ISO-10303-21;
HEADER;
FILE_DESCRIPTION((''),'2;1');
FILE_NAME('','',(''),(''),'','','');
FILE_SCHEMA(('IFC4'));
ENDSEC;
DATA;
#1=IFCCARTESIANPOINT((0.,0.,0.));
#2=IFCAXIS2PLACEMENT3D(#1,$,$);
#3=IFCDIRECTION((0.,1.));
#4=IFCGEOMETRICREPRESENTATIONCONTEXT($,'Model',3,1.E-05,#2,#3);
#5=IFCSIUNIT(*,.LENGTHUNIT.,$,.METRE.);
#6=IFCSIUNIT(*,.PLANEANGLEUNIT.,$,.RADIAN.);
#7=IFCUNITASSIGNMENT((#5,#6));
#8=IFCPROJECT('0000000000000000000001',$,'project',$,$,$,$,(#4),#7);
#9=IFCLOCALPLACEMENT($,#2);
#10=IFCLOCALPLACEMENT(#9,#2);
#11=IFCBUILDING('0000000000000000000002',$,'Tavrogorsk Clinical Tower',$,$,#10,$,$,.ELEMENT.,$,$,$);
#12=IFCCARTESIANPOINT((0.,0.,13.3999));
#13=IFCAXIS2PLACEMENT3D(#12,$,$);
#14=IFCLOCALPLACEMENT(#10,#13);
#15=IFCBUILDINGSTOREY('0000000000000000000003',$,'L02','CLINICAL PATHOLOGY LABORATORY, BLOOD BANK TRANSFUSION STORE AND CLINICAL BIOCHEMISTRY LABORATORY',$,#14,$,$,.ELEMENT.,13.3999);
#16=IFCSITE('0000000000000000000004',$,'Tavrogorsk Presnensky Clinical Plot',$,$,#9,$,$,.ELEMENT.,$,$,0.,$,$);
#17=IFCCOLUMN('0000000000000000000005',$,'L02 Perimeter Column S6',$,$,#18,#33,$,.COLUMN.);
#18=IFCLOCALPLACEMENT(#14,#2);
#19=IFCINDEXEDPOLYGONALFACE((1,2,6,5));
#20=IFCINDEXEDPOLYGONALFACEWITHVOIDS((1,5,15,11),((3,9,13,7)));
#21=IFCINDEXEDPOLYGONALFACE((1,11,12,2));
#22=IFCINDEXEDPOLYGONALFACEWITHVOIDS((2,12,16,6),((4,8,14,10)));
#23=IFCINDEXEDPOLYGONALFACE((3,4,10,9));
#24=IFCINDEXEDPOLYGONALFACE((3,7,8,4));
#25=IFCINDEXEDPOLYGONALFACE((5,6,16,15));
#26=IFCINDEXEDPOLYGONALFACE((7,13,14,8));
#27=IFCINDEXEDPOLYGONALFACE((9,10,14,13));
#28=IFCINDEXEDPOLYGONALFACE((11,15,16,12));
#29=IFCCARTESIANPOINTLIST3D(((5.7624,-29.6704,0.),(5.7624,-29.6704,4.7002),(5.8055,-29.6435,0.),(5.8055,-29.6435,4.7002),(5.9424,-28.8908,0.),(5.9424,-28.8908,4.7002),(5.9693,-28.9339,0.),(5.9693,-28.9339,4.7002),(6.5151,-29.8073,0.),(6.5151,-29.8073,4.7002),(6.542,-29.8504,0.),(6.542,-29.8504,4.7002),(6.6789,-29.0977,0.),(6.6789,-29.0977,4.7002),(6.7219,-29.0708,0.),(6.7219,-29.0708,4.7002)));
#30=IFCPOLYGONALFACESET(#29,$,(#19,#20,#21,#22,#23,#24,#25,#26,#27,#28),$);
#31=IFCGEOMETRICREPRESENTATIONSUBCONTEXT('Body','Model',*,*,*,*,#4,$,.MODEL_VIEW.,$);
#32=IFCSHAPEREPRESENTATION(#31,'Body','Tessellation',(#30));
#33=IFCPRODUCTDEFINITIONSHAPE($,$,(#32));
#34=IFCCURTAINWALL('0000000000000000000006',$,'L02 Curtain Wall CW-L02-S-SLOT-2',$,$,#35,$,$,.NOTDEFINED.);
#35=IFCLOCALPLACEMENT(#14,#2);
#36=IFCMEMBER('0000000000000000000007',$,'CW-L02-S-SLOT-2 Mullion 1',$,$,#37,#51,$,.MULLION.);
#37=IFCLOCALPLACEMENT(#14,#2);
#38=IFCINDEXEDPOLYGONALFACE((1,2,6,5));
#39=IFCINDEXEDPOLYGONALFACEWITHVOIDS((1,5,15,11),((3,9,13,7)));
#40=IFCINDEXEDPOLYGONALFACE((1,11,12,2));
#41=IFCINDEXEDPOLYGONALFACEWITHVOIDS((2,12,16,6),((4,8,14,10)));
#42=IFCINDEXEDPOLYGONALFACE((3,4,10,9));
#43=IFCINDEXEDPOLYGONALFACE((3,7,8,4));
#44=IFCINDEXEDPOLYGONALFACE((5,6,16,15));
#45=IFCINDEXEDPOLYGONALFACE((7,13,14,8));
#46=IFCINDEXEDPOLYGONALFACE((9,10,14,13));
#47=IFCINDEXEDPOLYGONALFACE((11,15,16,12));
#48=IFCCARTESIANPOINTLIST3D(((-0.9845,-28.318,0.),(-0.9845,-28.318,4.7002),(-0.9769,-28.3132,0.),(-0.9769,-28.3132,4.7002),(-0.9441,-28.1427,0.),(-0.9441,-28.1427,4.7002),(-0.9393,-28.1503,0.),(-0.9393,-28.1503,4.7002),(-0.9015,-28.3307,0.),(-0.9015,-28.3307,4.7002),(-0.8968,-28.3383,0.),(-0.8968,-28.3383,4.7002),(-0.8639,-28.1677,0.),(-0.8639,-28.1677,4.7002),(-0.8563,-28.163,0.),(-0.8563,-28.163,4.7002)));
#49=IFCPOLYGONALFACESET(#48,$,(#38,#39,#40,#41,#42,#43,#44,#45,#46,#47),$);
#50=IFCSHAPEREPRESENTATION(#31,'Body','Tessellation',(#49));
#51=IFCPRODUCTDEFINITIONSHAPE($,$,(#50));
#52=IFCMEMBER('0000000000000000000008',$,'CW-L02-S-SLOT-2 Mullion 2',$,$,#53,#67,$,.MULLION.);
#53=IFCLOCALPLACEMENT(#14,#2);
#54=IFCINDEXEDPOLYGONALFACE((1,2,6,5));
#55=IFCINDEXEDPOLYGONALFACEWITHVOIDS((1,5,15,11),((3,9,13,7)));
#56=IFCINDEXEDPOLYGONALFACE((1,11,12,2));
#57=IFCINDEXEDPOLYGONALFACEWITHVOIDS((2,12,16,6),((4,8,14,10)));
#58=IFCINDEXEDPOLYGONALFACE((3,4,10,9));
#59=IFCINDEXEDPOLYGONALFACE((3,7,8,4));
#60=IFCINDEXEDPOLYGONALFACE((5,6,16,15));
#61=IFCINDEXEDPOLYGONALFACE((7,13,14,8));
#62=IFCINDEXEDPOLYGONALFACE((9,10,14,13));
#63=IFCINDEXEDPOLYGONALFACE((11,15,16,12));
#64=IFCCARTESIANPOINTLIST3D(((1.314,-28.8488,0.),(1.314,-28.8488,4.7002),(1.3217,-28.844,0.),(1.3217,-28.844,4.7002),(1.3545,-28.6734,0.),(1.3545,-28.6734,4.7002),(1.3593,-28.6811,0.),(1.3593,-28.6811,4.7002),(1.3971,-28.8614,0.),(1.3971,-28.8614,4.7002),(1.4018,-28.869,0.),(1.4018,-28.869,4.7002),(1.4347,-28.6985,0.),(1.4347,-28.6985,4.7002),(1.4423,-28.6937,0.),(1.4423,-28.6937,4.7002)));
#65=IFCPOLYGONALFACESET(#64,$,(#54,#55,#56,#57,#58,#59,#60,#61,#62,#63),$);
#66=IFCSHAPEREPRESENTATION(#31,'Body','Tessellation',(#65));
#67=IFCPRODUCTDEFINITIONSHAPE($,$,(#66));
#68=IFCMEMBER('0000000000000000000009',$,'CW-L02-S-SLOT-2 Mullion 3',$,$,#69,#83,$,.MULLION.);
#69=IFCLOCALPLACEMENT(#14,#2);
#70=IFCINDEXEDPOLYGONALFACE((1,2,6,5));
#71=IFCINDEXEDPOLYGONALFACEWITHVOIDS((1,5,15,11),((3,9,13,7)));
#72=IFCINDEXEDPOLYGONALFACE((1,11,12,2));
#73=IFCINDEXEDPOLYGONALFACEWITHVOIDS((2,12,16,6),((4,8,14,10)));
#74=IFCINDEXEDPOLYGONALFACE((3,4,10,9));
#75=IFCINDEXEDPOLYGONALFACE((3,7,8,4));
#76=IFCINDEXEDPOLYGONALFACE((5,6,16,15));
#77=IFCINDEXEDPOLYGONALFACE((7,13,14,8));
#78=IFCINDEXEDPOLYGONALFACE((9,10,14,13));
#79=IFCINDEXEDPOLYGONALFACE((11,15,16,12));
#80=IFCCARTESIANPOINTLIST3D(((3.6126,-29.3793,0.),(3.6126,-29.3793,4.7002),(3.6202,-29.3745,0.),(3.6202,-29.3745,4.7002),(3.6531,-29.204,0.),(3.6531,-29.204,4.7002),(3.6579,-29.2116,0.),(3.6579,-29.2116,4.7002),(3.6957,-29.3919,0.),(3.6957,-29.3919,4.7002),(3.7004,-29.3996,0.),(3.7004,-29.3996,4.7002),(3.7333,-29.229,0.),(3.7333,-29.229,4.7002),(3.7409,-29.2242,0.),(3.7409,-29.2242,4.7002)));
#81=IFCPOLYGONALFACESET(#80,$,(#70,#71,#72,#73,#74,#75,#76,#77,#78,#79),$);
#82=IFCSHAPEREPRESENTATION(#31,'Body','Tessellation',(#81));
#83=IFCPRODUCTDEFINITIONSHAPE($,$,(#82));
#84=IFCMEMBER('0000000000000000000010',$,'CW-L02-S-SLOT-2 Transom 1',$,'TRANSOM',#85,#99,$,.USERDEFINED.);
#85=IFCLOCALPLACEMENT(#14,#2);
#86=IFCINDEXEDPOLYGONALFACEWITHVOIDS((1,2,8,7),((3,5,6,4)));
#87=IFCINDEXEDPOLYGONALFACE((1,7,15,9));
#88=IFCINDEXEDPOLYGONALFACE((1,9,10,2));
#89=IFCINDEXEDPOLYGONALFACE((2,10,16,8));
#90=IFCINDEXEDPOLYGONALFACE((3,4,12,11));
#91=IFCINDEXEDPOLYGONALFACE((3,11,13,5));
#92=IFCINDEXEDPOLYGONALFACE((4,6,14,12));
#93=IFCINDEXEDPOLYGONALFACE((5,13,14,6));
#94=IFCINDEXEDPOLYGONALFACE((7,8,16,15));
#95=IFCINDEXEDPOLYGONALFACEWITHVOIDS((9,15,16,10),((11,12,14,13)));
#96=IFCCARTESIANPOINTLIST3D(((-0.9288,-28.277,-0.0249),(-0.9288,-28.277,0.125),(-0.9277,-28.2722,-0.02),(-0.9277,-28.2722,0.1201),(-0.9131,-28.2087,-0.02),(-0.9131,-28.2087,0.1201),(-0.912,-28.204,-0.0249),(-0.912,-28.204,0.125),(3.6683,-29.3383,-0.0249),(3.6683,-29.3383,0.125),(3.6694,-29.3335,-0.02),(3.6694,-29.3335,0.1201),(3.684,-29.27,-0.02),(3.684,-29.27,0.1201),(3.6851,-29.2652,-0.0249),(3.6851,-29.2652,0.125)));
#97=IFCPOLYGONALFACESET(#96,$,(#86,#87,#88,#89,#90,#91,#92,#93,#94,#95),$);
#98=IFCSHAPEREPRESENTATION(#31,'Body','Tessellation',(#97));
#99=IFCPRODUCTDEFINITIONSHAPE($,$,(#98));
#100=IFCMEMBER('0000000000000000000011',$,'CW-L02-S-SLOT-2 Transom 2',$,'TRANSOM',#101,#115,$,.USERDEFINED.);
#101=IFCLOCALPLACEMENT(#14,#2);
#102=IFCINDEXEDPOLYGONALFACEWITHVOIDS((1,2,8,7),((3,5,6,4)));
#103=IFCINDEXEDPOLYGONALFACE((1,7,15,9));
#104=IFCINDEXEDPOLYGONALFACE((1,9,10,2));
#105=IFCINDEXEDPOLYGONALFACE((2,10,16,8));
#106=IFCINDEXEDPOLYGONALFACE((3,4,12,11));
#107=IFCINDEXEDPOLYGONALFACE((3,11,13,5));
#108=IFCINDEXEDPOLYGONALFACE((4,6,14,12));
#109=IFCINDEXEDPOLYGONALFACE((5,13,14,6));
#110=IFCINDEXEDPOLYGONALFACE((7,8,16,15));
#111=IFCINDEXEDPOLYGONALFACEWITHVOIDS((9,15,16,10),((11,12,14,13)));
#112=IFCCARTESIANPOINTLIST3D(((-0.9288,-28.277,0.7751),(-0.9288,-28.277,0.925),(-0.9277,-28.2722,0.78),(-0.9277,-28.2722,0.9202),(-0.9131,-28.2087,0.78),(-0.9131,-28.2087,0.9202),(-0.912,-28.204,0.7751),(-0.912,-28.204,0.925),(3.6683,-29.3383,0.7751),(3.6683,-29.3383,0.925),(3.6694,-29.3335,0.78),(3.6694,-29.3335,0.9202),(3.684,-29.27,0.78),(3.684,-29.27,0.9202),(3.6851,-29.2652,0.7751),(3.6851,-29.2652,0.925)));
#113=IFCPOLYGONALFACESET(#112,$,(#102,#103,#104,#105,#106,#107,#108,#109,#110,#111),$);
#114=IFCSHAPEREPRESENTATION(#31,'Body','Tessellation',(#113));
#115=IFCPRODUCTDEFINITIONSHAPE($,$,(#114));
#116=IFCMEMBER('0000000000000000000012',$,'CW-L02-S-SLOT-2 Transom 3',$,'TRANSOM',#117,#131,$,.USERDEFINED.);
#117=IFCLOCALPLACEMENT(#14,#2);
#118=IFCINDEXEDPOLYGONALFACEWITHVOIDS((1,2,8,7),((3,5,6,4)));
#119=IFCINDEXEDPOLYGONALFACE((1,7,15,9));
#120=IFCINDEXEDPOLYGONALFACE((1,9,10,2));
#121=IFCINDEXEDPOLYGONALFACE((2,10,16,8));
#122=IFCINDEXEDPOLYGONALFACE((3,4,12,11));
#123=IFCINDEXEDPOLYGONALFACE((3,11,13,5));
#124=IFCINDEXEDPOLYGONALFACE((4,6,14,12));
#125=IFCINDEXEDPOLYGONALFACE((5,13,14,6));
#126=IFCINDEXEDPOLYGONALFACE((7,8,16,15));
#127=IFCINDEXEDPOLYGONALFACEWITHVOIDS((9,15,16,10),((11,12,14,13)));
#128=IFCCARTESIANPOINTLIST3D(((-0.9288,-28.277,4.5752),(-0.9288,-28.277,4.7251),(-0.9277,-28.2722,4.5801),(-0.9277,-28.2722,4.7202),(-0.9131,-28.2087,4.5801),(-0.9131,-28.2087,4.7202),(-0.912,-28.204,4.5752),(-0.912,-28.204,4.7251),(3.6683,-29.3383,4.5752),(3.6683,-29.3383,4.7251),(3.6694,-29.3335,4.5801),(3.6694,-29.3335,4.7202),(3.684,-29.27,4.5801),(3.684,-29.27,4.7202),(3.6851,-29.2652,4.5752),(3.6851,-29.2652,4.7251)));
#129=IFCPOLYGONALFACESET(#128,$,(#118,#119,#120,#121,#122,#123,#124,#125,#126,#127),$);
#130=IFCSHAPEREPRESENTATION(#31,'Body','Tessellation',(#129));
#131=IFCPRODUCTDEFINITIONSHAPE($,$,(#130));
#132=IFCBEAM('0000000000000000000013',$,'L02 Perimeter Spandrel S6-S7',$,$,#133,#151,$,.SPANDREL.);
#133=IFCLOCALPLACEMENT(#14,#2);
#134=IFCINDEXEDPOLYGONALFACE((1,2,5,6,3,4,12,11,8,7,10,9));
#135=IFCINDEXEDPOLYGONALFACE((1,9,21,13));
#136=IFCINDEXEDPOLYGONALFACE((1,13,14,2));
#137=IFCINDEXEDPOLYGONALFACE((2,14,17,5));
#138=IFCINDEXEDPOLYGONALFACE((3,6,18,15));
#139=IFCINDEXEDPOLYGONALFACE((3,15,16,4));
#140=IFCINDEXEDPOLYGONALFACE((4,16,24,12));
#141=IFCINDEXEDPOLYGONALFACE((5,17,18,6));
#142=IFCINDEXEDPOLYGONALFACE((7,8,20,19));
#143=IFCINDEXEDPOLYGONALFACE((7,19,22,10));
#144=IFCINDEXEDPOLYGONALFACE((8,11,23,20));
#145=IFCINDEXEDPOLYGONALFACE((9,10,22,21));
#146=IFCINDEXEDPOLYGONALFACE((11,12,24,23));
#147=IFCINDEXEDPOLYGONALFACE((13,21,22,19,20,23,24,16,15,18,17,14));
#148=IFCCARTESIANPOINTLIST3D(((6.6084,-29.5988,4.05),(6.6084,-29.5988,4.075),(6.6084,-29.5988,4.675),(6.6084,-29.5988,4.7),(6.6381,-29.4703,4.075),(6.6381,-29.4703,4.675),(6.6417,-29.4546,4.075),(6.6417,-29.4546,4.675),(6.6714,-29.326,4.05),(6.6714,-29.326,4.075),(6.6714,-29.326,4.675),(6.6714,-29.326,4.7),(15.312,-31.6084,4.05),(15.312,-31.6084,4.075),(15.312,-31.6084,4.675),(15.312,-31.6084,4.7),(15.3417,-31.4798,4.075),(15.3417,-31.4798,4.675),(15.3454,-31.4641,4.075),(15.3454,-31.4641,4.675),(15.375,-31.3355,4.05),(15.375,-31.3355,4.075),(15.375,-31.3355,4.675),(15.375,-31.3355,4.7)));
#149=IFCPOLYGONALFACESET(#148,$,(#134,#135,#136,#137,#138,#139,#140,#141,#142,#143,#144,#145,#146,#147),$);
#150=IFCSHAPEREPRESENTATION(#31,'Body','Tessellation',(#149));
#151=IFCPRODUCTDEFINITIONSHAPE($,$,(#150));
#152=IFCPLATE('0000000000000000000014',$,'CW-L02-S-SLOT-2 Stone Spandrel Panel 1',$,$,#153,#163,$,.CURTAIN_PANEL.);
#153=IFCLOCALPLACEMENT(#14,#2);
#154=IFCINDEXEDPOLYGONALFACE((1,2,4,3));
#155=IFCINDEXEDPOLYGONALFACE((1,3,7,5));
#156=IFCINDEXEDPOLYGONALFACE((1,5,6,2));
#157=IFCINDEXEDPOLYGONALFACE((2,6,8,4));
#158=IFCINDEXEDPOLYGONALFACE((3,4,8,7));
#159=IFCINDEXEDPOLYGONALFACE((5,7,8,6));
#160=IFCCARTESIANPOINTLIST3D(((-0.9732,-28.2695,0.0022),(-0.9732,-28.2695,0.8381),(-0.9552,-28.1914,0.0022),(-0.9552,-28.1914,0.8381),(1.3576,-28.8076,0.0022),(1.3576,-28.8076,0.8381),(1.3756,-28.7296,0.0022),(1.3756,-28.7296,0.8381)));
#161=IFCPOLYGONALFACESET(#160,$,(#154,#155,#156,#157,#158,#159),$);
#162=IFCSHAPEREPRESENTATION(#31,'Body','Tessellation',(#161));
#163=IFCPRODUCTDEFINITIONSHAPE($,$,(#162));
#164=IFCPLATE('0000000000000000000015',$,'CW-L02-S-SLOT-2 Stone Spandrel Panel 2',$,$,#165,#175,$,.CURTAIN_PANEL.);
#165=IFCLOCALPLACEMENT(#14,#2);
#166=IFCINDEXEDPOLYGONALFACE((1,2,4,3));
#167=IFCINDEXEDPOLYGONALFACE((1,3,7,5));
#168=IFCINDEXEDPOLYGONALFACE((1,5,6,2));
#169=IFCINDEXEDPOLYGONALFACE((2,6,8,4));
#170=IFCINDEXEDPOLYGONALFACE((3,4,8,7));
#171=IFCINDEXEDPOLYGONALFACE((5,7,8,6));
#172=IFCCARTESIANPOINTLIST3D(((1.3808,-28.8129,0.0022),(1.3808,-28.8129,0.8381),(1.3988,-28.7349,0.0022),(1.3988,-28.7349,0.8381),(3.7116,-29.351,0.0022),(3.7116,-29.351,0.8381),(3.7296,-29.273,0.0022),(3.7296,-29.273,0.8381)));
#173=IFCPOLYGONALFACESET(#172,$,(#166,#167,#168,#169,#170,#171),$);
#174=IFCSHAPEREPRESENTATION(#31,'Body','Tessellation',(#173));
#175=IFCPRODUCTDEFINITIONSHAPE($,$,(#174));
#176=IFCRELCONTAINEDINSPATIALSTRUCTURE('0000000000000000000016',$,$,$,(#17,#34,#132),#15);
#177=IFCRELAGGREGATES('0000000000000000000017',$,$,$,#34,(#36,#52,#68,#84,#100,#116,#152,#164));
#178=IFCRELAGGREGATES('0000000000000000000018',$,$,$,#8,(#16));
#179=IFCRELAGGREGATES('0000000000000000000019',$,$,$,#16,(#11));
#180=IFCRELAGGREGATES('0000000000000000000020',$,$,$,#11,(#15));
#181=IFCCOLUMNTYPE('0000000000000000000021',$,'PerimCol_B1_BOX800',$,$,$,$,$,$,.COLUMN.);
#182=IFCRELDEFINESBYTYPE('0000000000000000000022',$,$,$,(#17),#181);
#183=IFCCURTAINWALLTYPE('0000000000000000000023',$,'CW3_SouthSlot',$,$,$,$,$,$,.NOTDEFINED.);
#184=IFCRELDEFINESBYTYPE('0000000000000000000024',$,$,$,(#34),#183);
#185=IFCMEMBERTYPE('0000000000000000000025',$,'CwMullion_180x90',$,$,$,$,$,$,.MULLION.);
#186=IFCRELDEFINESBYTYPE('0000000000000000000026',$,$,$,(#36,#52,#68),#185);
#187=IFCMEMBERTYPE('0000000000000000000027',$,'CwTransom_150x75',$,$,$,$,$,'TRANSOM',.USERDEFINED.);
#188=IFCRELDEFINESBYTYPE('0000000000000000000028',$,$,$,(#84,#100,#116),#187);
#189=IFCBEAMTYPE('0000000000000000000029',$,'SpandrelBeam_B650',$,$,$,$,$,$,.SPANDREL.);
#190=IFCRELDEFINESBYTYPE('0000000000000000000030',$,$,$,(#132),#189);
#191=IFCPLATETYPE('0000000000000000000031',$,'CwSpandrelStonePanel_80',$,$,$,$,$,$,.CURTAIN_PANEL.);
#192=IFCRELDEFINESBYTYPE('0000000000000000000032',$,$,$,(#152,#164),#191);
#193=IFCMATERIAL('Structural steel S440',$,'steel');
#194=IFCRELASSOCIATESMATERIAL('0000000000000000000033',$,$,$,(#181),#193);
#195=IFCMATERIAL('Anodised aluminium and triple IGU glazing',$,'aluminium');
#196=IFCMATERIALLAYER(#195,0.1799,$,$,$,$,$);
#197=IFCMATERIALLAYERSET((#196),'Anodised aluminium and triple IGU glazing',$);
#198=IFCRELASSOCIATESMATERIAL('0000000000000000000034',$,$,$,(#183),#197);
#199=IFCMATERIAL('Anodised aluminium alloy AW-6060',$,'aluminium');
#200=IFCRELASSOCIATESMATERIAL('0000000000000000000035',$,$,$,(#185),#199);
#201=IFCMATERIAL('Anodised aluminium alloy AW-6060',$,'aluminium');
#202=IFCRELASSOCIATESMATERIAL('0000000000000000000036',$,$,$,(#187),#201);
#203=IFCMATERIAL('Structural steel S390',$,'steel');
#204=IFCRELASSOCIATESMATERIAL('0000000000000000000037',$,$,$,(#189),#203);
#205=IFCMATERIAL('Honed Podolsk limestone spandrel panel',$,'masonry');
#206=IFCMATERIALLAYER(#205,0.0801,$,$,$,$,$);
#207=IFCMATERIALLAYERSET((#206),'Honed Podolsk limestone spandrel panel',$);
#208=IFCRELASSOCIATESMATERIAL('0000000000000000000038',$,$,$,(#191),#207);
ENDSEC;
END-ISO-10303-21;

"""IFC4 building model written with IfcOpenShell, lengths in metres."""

from ifc_helpers import new_model, si_unit, direction, frame, origin, origin_2d, place, context, subcontext, project, spatial, rectangle, hollow_rectangle, i_section, extrude, material, layer, layer_set, material_profile, profile_set, type_object, element, aggregate, save


model = new_model("IFC4")

# Units and contexts
model_context = context("Model", 3, precision=1e-05, world=origin(), true_north=direction((0.0, 1.0)))
body_context = subcontext(model_context, "Body", "Model", "MODEL_VIEW")
ifc_project = project(units=[si_unit("LENGTHUNIT", "METRE"), si_unit("PLANEANGLEUNIT", "RADIAN")], contexts=[model_context])

# Site, building, storey
site_placement = place(None, origin())
site = spatial("IfcSite", under=ifc_project, at=site_placement, Name="Tavrogorsk Presnensky Clinical Plot", CompositionType="ELEMENT", RefElevation=0.0)
building_placement = place(site_placement, origin())
building = spatial("IfcBuilding", under=site, at=building_placement, Name="Tavrogorsk Clinical Tower", CompositionType="ELEMENT")
storey_placement = place(building_placement, frame((0.0, 0.0, 13.3999)))
storey = spatial("IfcBuildingStorey", under=building, at=storey_placement, Name="L02", Description="CLINICAL PATHOLOGY LABORATORY, BLOOD BANK TRANSFUSION STORE AND CLINICAL BIOCHEMISTRY LABORATORY", CompositionType="ELEMENT", Elevation=13.3999)

# Column
ifc_material_1 = material(Name="Structural steel S440", Category="steel")
ifc_material_profile_1 = material_profile(ifc_material_1, hollow_rectangle(XDim=0.8, YDim=0.8, WallThickness=0.0359, at=origin_2d()), Name="BOX-800x800x36")
ifc_profile_set_1 = profile_set([ifc_material_profile_1], Name="Structural steel S440")
column_type = type_object("IfcColumnType", Name="PerimCol_B1_BOX800", PredefinedType="COLUMN", material=ifc_profile_set_1)
column_placement = place(storey_placement, frame((6.2422, -29.3706, 0.0), z_axis=(0.0, 0.0, 1.0), x_axis=(0.97437, -0.224951, 0.0)))
element("IfcColumn", 1, at=column_placement, inside=storey, type_object=column_type, Name="L02 Perimeter Column S6", PredefinedType="COLUMN", context=body_context, shape_type="SweptSolid", body=[
    extrude(hollow_rectangle(XDim=0.8, YDim=0.8, WallThickness=0.0359, at=origin_2d()), origin(), (0.0, 0.0, 1.0), 4.7002),
])

# Curtain wall, members
ifc_material_2 = material(Name="Anodised aluminium and triple IGU glazing", Category="aluminium")
ifc_layer_1 = layer(ifc_material_2, 0.1799)
ifc_layer_set_1 = layer_set([ifc_layer_1], Name="Anodised aluminium and triple IGU glazing")
curtain_wall_type = type_object("IfcCurtainWallType", Name="CW3_SouthSlot", PredefinedType="NOTDEFINED", material=ifc_layer_set_1)
curtain_wall_placement = place(storey_placement, origin())
curtain_wall = element("IfcCurtainWall", 2, at=curtain_wall_placement, inside=storey, type_object=curtain_wall_type, Name="L02 Curtain Wall CW-L02-S-SLOT-2", PredefinedType="NOTDEFINED")
ifc_material_3 = material(Name="Anodised aluminium alloy AW-6060", Category="aluminium")
ifc_material_profile_2 = material_profile(ifc_material_3, hollow_rectangle(XDim=0.0901, YDim=0.1799, WallThickness=0.0063, at=origin_2d()), Name="RHS-180x90x6.3")
ifc_profile_set_2 = profile_set([ifc_material_profile_2], Name="Anodised aluminium alloy AW-6060")
member_type_1 = type_object("IfcMemberType", Name="CwMullion_180x90", PredefinedType="MULLION", material=ifc_profile_set_2)
member_1_placement = place(storey_placement, frame((-0.9204, -28.2405, 0.0), z_axis=(0.0, 0.0, 1.0), x_axis=(0.97437, -0.224951, 0.0)))
member_1 = element("IfcMember", 3, at=member_1_placement, type_object=member_type_1, Name="CW-L02-S-SLOT-2 Mullion 1", PredefinedType="MULLION", context=body_context, shape_type="SweptSolid", body=[
    extrude(hollow_rectangle(XDim=0.0901, YDim=0.1799, WallThickness=0.0063, at=origin_2d()), origin(), (0.0, 0.0, 1.0), 4.7002),
])
member_2_placement = place(storey_placement, frame((1.3782, -28.7712, 0.0), z_axis=(0.0, 0.0, 1.0), x_axis=(0.97437, -0.224951, 0.0)))
member_2 = element("IfcMember", 4, at=member_2_placement, type_object=member_type_1, Name="CW-L02-S-SLOT-2 Mullion 2", PredefinedType="MULLION", context=body_context, shape_type="SweptSolid", body=[
    extrude(hollow_rectangle(XDim=0.0901, YDim=0.1799, WallThickness=0.0063, at=origin_2d()), origin(), (0.0, 0.0, 1.0), 4.7002),
])
member_3_placement = place(storey_placement, frame((3.6768, -29.3018, 0.0), z_axis=(0.0, 0.0, 1.0), x_axis=(0.97437, -0.224951, 0.0)))
member_3 = element("IfcMember", 5, at=member_3_placement, type_object=member_type_1, Name="CW-L02-S-SLOT-2 Mullion 3", PredefinedType="MULLION", context=body_context, shape_type="SweptSolid", body=[
    extrude(hollow_rectangle(XDim=0.0901, YDim=0.1799, WallThickness=0.0063, at=origin_2d()), origin(), (0.0, 0.0, 1.0), 4.7002),
])
ifc_material_4 = material(Name="Anodised aluminium alloy AW-6060", Category="aluminium")
ifc_material_profile_3 = material_profile(ifc_material_4, hollow_rectangle(XDim=0.075, YDim=0.1499, WallThickness=0.0049, at=origin_2d()), Name="RHS-150x75x5")
ifc_profile_set_3 = profile_set([ifc_material_profile_3], Name="Anodised aluminium alloy AW-6060")
member_type_2 = type_object("IfcMemberType", Name="CwTransom_150x75", ElementType="TRANSOM", PredefinedType="USERDEFINED", material=ifc_profile_set_3)
member_4_placement = place(storey_placement, frame((-0.9204, -28.2405, 0.05), z_axis=(0.974373, -0.224939, 0.0), x_axis=(0.224939, 0.974373, 0.0)))
member_4 = element("IfcMember", 6, at=member_4_placement, type_object=member_type_2, Name="CW-L02-S-SLOT-2 Transom 1", ObjectType="TRANSOM", PredefinedType="USERDEFINED", context=body_context, shape_type="SweptSolid", body=[
    extrude(hollow_rectangle(XDim=0.075, YDim=0.1499, WallThickness=0.0049, at=origin_2d()), origin(), (0.0, 0.0, 1.0), 4.718),
])
member_5_placement = place(storey_placement, frame((-0.9204, -28.2405, 0.8501), z_axis=(0.974373, -0.224939, 0.0), x_axis=(0.224939, 0.974373, 0.0)))
member_5 = element("IfcMember", 7, at=member_5_placement, type_object=member_type_2, Name="CW-L02-S-SLOT-2 Transom 2", ObjectType="TRANSOM", PredefinedType="USERDEFINED", context=body_context, shape_type="SweptSolid", body=[
    extrude(hollow_rectangle(XDim=0.075, YDim=0.1499, WallThickness=0.0049, at=origin_2d()), origin(), (0.0, 0.0, 1.0), 4.718),
])
member_6_placement = place(storey_placement, frame((-0.9204, -28.2405, 4.6501), z_axis=(0.974373, -0.224939, 0.0), x_axis=(0.224939, 0.974373, 0.0)))
member_6 = element("IfcMember", 8, at=member_6_placement, type_object=member_type_2, Name="CW-L02-S-SLOT-2 Transom 3", ObjectType="TRANSOM", PredefinedType="USERDEFINED", context=body_context, shape_type="SweptSolid", body=[
    extrude(hollow_rectangle(XDim=0.075, YDim=0.1499, WallThickness=0.0049, at=origin_2d()), origin(), (0.0, 0.0, 1.0), 4.718),
])

# Beam
ifc_material_5 = material(Name="Structural steel S390", Category="steel")
ifc_material_profile_4 = material_profile(ifc_material_5, i_section(OverallWidth=0.28, OverallDepth=0.6499, WebThickness=0.0161, FlangeThickness=0.0249, at=origin_2d()), Name="B-650x280x16x25")
ifc_profile_set_4 = profile_set([ifc_material_profile_4], Name="Structural steel S390")
beam_type = type_object("IfcBeamType", Name="SpandrelBeam_B650", PredefinedType="SPANDREL", material=ifc_profile_set_4)
beam_placement = place(storey_placement, frame((6.6399, -29.4624, 4.375), z_axis=(0.974367, -0.224965, 0.0), x_axis=(0.224965, 0.974367, 0.0)))
element("IfcBeam", 9, at=beam_placement, inside=storey, type_object=beam_type, Name="L02 Perimeter Spandrel S6-S7", PredefinedType="SPANDREL", context=body_context, shape_type="SweptSolid", body=[
    extrude(i_section(OverallWidth=0.28, OverallDepth=0.6499, WebThickness=0.0161, FlangeThickness=0.0249, at=origin_2d()), origin(), (0.0, 0.0, 1.0), 8.9326),
])

# Plates
ifc_material_6 = material(Name="Honed Podolsk limestone spandrel panel", Category="masonry")
ifc_layer_2 = layer(ifc_material_6, 0.0801)
ifc_layer_set_2 = layer_set([ifc_layer_2], Name="Honed Podolsk limestone spandrel panel")
plate_type_1 = type_object("IfcPlateType", Name="CwSpandrelStonePanel_80", PredefinedType="CURTAIN_PANEL", material=ifc_layer_set_2)
plate_1_placement = place(storey_placement, frame((0.2012, -28.4995, 0.0022), z_axis=(0.0, 0.0, 1.0), x_axis=(0.97437, -0.224951, 0.0)))
plate_1 = element("IfcPlate", 10, at=plate_1_placement, type_object=plate_type_1, Name="CW-L02-S-SLOT-2 Stone Spandrel Panel 1", PredefinedType="CURTAIN_PANEL", context=body_context, shape_type="SweptSolid", body=[
    extrude(rectangle(XDim=2.3921, YDim=0.0801, at=origin_2d()), origin(), (0.0, 0.0, 1.0), 0.8359),
])
plate_2_placement = place(storey_placement, frame((2.5552, -29.043, 0.0022), z_axis=(0.0, 0.0, 1.0), x_axis=(0.97437, -0.224951, 0.0)))
plate_2 = element("IfcPlate", 11, at=plate_2_placement, type_object=plate_type_1, Name="CW-L02-S-SLOT-2 Stone Spandrel Panel 2", PredefinedType="CURTAIN_PANEL", context=body_context, shape_type="SweptSolid", body=[
    extrude(rectangle(XDim=2.3921, YDim=0.0801, at=origin_2d()), origin(), (0.0, 0.0, 1.0), 0.8359),
])
aggregate(curtain_wall, [member_1, member_2, member_3, member_4, member_5, member_6, plate_1, plate_2])

save(model, "model.ifc")
